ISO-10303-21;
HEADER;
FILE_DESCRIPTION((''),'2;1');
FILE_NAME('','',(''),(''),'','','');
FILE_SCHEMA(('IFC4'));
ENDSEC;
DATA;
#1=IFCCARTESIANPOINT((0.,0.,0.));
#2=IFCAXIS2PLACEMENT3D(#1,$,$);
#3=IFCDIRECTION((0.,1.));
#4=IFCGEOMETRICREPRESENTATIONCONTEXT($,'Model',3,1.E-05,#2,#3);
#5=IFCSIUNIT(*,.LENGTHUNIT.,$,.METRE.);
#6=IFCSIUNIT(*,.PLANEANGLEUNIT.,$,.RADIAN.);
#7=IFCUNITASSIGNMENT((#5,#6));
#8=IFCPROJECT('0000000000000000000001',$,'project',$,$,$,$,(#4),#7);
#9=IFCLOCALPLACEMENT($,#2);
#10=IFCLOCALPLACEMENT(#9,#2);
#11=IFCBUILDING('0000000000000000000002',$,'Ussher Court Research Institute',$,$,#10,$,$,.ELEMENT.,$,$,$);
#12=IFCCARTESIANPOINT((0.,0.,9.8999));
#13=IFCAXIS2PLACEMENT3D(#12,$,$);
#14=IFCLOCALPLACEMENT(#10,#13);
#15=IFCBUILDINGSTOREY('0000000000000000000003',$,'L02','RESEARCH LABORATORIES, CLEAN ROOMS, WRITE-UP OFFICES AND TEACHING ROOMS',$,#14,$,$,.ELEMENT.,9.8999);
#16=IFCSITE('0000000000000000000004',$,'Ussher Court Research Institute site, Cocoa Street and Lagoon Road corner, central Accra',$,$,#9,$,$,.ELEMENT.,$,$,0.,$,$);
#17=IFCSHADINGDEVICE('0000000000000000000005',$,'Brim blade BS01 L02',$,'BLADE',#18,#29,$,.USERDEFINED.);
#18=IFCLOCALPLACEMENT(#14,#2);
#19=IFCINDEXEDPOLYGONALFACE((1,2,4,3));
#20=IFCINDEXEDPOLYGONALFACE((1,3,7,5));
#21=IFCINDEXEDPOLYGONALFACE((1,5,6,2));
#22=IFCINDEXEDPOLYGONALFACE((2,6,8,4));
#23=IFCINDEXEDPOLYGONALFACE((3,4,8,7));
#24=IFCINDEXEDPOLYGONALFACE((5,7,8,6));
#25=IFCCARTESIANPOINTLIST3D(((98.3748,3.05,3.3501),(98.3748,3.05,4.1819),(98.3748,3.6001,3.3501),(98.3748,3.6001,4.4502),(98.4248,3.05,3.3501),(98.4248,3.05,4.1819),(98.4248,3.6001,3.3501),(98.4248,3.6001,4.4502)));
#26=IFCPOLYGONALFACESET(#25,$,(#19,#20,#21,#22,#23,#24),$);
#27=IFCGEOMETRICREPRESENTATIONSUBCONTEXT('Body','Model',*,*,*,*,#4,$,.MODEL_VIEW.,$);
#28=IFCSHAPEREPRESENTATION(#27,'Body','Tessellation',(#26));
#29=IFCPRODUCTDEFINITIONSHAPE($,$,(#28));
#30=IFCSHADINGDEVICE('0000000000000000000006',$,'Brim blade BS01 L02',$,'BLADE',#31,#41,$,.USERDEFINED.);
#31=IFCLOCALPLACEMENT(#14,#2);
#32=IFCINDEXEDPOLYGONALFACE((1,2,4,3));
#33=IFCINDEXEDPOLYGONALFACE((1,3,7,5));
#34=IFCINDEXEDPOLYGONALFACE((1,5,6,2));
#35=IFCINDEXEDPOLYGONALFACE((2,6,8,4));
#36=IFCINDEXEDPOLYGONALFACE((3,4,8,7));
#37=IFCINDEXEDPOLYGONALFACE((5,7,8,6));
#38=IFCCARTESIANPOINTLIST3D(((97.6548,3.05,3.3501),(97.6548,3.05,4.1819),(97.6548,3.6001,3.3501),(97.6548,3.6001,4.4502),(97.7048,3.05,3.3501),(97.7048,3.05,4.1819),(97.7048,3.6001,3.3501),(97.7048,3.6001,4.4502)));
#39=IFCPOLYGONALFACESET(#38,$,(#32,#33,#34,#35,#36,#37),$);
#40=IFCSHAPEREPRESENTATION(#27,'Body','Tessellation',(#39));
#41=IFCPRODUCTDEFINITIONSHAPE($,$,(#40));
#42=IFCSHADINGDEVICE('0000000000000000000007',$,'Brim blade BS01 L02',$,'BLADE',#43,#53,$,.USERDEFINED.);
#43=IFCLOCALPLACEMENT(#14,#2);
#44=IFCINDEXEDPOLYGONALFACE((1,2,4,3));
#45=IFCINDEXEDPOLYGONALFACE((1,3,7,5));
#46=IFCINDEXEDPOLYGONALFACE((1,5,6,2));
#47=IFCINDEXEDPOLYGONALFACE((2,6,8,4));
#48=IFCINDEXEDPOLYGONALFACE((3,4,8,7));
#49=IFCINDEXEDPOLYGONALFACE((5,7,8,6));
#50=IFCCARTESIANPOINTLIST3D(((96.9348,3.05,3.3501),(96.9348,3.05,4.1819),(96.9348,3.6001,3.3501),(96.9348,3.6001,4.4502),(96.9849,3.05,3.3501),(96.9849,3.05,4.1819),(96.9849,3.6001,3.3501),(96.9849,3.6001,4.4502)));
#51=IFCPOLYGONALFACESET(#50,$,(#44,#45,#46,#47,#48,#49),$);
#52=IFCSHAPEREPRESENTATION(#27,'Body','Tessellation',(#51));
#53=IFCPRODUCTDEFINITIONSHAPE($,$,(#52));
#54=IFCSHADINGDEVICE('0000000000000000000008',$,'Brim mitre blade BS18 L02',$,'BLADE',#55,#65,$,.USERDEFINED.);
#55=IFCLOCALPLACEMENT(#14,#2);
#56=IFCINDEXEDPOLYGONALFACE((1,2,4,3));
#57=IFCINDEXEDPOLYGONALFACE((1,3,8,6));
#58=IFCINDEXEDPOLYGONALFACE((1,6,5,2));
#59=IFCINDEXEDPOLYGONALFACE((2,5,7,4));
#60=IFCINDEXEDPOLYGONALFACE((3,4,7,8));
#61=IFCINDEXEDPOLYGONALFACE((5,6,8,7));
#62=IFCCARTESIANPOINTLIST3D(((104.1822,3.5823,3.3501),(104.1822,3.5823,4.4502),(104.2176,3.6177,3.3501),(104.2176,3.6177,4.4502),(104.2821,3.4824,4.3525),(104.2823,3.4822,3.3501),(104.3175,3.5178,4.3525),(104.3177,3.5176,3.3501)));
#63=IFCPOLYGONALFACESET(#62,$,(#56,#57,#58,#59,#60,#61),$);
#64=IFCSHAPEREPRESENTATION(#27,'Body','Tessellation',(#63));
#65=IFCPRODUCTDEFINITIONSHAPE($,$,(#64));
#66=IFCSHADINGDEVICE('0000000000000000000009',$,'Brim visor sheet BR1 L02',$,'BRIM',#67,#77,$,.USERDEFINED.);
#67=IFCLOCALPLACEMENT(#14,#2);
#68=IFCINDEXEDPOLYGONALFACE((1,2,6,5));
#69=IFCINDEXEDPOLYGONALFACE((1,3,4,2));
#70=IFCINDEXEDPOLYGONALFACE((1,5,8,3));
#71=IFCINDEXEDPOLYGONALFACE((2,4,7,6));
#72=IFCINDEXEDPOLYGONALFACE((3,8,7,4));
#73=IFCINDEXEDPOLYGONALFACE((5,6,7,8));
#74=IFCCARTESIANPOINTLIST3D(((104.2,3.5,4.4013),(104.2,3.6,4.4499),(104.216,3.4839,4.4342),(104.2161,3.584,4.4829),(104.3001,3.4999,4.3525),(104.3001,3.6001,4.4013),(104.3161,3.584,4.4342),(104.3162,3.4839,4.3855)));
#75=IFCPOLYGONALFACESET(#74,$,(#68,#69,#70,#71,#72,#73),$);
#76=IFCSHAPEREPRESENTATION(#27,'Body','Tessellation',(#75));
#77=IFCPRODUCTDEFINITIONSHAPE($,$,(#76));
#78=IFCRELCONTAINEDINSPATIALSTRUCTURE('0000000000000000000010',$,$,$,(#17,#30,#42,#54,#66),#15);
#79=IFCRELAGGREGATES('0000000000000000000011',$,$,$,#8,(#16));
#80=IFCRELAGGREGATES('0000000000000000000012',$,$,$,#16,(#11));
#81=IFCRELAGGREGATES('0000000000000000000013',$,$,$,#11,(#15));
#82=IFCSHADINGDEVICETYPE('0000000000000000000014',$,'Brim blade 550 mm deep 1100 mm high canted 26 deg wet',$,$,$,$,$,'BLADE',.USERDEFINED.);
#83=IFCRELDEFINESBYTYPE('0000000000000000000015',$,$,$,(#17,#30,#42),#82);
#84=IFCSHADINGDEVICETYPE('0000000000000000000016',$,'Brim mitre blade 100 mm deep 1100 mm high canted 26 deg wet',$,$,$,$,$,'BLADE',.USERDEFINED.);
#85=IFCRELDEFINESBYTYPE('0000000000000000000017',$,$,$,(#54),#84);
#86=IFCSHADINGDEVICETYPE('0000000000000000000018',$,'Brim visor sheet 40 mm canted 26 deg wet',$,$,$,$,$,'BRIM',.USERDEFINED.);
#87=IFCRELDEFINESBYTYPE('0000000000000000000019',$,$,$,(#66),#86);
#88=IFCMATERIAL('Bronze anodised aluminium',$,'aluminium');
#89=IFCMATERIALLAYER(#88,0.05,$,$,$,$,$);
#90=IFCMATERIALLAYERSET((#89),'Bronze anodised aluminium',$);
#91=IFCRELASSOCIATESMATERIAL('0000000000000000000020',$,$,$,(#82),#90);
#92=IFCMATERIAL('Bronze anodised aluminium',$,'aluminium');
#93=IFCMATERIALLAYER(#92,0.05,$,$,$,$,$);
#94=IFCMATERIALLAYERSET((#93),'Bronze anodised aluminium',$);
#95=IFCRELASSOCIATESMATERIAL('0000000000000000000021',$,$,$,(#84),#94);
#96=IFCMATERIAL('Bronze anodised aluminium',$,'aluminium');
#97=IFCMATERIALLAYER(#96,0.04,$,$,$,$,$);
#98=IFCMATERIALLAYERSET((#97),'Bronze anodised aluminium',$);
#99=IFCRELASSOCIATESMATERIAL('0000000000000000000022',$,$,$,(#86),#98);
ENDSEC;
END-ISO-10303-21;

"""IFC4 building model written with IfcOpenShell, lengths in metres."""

from ifc_helpers import new_model, si_unit, direction, frame, origin, place, context, subcontext, project, spatial, polyline, outline, extrude, material, layer, layer_set, type_object, element, save


model = new_model("IFC4")

# Units and contexts
model_context = context("Model", 3, precision=1e-05, world=origin(), true_north=direction((0.0, 1.0)))
body_context = subcontext(model_context, "Body", "Model", "MODEL_VIEW")
ifc_project = project(units=[si_unit("LENGTHUNIT", "METRE"), si_unit("PLANEANGLEUNIT", "RADIAN")], contexts=[model_context])

# Site, building, storey
site_placement = place(None, origin())
site = spatial("IfcSite", under=ifc_project, at=site_placement, Name="Ussher Court Research Institute site, Cocoa Street and Lagoon Road corner, central Accra", CompositionType="ELEMENT", RefElevation=0.0)
building_placement = place(site_placement, origin())
building = spatial("IfcBuilding", under=site, at=building_placement, Name="Ussher Court Research Institute", CompositionType="ELEMENT")
storey_placement = place(building_placement, frame((0.0, 0.0, 9.8999)))
storey = spatial("IfcBuildingStorey", under=building, at=storey_placement, Name="L02", Description="RESEARCH LABORATORIES, CLEAN ROOMS, WRITE-UP OFFICES AND TEACHING ROOMS", CompositionType="ELEMENT", Elevation=9.8999)

# Shading devices
ifc_material_1 = material(Name="Bronze anodised aluminium", Category="aluminium")
ifc_layer_1 = layer(ifc_material_1, 0.05)
ifc_layer_set_1 = layer_set([ifc_layer_1], Name="Bronze anodised aluminium")
shading_device_type_1 = type_object("IfcShadingDeviceType", Name="Brim blade 550 mm deep 1100 mm high canted 26 deg wet", ElementType="BLADE", PredefinedType="USERDEFINED", material=ifc_layer_set_1)
for number, where, z_axis, x_axis, name in (
    (1, (98.3999, 3.6001, 3.3501), (0.0, 0.0, 1.0), (0.0, -1.0, 0.0), "Brim blade BS01 L02"),
    (2, (97.6799, 3.6001, 3.3501), (0.0, 0.0, 1.0), (0.0, -1.0, 0.0), "Brim blade BS01 L02"),
    (3, (96.96, 3.6001, 3.3501), (0.0, 0.0, 1.0), (0.0, -1.0, 0.0), "Brim blade BS01 L02"),
):
    element("IfcShadingDevice", number, at=place(storey_placement, frame(where, z_axis=z_axis, x_axis=x_axis)), inside=storey, type_object=shading_device_type_1, Name=name, ObjectType="BLADE", PredefinedType="USERDEFINED", context=body_context, shape_type="SweptSolid", body=[
        extrude(outline(polyline([(0.0, 0.0), (0.55, 0.0), (0.55, 0.8318), (0.0, 1.1001), (0.0, 0.0)])), frame((0.0, 0.0249, 0.0), z_axis=(0.0, -1.0, 0.0), x_axis=(1.0, 0.0, 0.0)), (0.0, 0.0, 1.0), 0.05),
    ])
ifc_material_2 = material(Name="Bronze anodised aluminium", Category="aluminium")
ifc_layer_2 = layer(ifc_material_2, 0.05)
ifc_layer_set_2 = layer_set([ifc_layer_2], Name="Bronze anodised aluminium")
shading_device_type_2 = type_object("IfcShadingDeviceType", Name="Brim mitre blade 100 mm deep 1100 mm high canted 26 deg wet", ElementType="BLADE", PredefinedType="USERDEFINED", material=ifc_layer_set_2)
shading_device_1_placement = place(storey_placement, frame((104.2, 3.6001, 3.3501), z_axis=(0.0, 0.0, 1.0), x_axis=(0.707107, -0.707107, 0.0)))
element("IfcShadingDevice", 4, at=shading_device_1_placement, inside=storey, type_object=shading_device_type_2, Name="Brim mitre blade BS18 L02", ObjectType="BLADE", PredefinedType="USERDEFINED", context=body_context, shape_type="SweptSolid", body=[
    extrude(outline(polyline([(0.0, 0.0), (0.1416, 0.0), (0.1414, 1.0024), (0.0, 1.1001), (0.0, 0.0)])), frame((0.0, 0.0249, 0.0), z_axis=(0.0, -1.0, 0.0), x_axis=(1.0, 0.0, 0.0)), (0.0, 0.0, 1.0), 0.05),
])
ifc_material_3 = material(Name="Bronze anodised aluminium", Category="aluminium")
ifc_layer_3 = layer(ifc_material_3, 0.04)
ifc_layer_set_3 = layer_set([ifc_layer_3], Name="Bronze anodised aluminium")
shading_device_type_3 = type_object("IfcShadingDeviceType", Name="Brim visor sheet 40 mm canted 26 deg wet", ElementType="BRIM", PredefinedType="USERDEFINED", material=ifc_layer_set_3)
shading_device_2_placement = place(storey_placement, frame((104.2161, 3.584, 4.4829), z_axis=(0.400848, -0.400848, 0.823797), x_axis=(-0.000362, -0.899269, -0.437395)))
element("IfcShadingDevice", 5, at=shading_device_2_placement, inside=storey, type_object=shading_device_type_3, Name="Brim visor sheet BR1 L02", ObjectType="BRIM", PredefinedType="USERDEFINED", context=body_context, shape_type="SweptSolid", body=[
    extrude(outline(polyline([(0.0, 0.0), (0.1113, 0.0), (0.1326, 0.1093), (0.0212, 0.1092), (0.0, 0.0)])), origin(), (0.0, 0.0, -1.0), 0.04),
])

save(model, "model.ifc")
